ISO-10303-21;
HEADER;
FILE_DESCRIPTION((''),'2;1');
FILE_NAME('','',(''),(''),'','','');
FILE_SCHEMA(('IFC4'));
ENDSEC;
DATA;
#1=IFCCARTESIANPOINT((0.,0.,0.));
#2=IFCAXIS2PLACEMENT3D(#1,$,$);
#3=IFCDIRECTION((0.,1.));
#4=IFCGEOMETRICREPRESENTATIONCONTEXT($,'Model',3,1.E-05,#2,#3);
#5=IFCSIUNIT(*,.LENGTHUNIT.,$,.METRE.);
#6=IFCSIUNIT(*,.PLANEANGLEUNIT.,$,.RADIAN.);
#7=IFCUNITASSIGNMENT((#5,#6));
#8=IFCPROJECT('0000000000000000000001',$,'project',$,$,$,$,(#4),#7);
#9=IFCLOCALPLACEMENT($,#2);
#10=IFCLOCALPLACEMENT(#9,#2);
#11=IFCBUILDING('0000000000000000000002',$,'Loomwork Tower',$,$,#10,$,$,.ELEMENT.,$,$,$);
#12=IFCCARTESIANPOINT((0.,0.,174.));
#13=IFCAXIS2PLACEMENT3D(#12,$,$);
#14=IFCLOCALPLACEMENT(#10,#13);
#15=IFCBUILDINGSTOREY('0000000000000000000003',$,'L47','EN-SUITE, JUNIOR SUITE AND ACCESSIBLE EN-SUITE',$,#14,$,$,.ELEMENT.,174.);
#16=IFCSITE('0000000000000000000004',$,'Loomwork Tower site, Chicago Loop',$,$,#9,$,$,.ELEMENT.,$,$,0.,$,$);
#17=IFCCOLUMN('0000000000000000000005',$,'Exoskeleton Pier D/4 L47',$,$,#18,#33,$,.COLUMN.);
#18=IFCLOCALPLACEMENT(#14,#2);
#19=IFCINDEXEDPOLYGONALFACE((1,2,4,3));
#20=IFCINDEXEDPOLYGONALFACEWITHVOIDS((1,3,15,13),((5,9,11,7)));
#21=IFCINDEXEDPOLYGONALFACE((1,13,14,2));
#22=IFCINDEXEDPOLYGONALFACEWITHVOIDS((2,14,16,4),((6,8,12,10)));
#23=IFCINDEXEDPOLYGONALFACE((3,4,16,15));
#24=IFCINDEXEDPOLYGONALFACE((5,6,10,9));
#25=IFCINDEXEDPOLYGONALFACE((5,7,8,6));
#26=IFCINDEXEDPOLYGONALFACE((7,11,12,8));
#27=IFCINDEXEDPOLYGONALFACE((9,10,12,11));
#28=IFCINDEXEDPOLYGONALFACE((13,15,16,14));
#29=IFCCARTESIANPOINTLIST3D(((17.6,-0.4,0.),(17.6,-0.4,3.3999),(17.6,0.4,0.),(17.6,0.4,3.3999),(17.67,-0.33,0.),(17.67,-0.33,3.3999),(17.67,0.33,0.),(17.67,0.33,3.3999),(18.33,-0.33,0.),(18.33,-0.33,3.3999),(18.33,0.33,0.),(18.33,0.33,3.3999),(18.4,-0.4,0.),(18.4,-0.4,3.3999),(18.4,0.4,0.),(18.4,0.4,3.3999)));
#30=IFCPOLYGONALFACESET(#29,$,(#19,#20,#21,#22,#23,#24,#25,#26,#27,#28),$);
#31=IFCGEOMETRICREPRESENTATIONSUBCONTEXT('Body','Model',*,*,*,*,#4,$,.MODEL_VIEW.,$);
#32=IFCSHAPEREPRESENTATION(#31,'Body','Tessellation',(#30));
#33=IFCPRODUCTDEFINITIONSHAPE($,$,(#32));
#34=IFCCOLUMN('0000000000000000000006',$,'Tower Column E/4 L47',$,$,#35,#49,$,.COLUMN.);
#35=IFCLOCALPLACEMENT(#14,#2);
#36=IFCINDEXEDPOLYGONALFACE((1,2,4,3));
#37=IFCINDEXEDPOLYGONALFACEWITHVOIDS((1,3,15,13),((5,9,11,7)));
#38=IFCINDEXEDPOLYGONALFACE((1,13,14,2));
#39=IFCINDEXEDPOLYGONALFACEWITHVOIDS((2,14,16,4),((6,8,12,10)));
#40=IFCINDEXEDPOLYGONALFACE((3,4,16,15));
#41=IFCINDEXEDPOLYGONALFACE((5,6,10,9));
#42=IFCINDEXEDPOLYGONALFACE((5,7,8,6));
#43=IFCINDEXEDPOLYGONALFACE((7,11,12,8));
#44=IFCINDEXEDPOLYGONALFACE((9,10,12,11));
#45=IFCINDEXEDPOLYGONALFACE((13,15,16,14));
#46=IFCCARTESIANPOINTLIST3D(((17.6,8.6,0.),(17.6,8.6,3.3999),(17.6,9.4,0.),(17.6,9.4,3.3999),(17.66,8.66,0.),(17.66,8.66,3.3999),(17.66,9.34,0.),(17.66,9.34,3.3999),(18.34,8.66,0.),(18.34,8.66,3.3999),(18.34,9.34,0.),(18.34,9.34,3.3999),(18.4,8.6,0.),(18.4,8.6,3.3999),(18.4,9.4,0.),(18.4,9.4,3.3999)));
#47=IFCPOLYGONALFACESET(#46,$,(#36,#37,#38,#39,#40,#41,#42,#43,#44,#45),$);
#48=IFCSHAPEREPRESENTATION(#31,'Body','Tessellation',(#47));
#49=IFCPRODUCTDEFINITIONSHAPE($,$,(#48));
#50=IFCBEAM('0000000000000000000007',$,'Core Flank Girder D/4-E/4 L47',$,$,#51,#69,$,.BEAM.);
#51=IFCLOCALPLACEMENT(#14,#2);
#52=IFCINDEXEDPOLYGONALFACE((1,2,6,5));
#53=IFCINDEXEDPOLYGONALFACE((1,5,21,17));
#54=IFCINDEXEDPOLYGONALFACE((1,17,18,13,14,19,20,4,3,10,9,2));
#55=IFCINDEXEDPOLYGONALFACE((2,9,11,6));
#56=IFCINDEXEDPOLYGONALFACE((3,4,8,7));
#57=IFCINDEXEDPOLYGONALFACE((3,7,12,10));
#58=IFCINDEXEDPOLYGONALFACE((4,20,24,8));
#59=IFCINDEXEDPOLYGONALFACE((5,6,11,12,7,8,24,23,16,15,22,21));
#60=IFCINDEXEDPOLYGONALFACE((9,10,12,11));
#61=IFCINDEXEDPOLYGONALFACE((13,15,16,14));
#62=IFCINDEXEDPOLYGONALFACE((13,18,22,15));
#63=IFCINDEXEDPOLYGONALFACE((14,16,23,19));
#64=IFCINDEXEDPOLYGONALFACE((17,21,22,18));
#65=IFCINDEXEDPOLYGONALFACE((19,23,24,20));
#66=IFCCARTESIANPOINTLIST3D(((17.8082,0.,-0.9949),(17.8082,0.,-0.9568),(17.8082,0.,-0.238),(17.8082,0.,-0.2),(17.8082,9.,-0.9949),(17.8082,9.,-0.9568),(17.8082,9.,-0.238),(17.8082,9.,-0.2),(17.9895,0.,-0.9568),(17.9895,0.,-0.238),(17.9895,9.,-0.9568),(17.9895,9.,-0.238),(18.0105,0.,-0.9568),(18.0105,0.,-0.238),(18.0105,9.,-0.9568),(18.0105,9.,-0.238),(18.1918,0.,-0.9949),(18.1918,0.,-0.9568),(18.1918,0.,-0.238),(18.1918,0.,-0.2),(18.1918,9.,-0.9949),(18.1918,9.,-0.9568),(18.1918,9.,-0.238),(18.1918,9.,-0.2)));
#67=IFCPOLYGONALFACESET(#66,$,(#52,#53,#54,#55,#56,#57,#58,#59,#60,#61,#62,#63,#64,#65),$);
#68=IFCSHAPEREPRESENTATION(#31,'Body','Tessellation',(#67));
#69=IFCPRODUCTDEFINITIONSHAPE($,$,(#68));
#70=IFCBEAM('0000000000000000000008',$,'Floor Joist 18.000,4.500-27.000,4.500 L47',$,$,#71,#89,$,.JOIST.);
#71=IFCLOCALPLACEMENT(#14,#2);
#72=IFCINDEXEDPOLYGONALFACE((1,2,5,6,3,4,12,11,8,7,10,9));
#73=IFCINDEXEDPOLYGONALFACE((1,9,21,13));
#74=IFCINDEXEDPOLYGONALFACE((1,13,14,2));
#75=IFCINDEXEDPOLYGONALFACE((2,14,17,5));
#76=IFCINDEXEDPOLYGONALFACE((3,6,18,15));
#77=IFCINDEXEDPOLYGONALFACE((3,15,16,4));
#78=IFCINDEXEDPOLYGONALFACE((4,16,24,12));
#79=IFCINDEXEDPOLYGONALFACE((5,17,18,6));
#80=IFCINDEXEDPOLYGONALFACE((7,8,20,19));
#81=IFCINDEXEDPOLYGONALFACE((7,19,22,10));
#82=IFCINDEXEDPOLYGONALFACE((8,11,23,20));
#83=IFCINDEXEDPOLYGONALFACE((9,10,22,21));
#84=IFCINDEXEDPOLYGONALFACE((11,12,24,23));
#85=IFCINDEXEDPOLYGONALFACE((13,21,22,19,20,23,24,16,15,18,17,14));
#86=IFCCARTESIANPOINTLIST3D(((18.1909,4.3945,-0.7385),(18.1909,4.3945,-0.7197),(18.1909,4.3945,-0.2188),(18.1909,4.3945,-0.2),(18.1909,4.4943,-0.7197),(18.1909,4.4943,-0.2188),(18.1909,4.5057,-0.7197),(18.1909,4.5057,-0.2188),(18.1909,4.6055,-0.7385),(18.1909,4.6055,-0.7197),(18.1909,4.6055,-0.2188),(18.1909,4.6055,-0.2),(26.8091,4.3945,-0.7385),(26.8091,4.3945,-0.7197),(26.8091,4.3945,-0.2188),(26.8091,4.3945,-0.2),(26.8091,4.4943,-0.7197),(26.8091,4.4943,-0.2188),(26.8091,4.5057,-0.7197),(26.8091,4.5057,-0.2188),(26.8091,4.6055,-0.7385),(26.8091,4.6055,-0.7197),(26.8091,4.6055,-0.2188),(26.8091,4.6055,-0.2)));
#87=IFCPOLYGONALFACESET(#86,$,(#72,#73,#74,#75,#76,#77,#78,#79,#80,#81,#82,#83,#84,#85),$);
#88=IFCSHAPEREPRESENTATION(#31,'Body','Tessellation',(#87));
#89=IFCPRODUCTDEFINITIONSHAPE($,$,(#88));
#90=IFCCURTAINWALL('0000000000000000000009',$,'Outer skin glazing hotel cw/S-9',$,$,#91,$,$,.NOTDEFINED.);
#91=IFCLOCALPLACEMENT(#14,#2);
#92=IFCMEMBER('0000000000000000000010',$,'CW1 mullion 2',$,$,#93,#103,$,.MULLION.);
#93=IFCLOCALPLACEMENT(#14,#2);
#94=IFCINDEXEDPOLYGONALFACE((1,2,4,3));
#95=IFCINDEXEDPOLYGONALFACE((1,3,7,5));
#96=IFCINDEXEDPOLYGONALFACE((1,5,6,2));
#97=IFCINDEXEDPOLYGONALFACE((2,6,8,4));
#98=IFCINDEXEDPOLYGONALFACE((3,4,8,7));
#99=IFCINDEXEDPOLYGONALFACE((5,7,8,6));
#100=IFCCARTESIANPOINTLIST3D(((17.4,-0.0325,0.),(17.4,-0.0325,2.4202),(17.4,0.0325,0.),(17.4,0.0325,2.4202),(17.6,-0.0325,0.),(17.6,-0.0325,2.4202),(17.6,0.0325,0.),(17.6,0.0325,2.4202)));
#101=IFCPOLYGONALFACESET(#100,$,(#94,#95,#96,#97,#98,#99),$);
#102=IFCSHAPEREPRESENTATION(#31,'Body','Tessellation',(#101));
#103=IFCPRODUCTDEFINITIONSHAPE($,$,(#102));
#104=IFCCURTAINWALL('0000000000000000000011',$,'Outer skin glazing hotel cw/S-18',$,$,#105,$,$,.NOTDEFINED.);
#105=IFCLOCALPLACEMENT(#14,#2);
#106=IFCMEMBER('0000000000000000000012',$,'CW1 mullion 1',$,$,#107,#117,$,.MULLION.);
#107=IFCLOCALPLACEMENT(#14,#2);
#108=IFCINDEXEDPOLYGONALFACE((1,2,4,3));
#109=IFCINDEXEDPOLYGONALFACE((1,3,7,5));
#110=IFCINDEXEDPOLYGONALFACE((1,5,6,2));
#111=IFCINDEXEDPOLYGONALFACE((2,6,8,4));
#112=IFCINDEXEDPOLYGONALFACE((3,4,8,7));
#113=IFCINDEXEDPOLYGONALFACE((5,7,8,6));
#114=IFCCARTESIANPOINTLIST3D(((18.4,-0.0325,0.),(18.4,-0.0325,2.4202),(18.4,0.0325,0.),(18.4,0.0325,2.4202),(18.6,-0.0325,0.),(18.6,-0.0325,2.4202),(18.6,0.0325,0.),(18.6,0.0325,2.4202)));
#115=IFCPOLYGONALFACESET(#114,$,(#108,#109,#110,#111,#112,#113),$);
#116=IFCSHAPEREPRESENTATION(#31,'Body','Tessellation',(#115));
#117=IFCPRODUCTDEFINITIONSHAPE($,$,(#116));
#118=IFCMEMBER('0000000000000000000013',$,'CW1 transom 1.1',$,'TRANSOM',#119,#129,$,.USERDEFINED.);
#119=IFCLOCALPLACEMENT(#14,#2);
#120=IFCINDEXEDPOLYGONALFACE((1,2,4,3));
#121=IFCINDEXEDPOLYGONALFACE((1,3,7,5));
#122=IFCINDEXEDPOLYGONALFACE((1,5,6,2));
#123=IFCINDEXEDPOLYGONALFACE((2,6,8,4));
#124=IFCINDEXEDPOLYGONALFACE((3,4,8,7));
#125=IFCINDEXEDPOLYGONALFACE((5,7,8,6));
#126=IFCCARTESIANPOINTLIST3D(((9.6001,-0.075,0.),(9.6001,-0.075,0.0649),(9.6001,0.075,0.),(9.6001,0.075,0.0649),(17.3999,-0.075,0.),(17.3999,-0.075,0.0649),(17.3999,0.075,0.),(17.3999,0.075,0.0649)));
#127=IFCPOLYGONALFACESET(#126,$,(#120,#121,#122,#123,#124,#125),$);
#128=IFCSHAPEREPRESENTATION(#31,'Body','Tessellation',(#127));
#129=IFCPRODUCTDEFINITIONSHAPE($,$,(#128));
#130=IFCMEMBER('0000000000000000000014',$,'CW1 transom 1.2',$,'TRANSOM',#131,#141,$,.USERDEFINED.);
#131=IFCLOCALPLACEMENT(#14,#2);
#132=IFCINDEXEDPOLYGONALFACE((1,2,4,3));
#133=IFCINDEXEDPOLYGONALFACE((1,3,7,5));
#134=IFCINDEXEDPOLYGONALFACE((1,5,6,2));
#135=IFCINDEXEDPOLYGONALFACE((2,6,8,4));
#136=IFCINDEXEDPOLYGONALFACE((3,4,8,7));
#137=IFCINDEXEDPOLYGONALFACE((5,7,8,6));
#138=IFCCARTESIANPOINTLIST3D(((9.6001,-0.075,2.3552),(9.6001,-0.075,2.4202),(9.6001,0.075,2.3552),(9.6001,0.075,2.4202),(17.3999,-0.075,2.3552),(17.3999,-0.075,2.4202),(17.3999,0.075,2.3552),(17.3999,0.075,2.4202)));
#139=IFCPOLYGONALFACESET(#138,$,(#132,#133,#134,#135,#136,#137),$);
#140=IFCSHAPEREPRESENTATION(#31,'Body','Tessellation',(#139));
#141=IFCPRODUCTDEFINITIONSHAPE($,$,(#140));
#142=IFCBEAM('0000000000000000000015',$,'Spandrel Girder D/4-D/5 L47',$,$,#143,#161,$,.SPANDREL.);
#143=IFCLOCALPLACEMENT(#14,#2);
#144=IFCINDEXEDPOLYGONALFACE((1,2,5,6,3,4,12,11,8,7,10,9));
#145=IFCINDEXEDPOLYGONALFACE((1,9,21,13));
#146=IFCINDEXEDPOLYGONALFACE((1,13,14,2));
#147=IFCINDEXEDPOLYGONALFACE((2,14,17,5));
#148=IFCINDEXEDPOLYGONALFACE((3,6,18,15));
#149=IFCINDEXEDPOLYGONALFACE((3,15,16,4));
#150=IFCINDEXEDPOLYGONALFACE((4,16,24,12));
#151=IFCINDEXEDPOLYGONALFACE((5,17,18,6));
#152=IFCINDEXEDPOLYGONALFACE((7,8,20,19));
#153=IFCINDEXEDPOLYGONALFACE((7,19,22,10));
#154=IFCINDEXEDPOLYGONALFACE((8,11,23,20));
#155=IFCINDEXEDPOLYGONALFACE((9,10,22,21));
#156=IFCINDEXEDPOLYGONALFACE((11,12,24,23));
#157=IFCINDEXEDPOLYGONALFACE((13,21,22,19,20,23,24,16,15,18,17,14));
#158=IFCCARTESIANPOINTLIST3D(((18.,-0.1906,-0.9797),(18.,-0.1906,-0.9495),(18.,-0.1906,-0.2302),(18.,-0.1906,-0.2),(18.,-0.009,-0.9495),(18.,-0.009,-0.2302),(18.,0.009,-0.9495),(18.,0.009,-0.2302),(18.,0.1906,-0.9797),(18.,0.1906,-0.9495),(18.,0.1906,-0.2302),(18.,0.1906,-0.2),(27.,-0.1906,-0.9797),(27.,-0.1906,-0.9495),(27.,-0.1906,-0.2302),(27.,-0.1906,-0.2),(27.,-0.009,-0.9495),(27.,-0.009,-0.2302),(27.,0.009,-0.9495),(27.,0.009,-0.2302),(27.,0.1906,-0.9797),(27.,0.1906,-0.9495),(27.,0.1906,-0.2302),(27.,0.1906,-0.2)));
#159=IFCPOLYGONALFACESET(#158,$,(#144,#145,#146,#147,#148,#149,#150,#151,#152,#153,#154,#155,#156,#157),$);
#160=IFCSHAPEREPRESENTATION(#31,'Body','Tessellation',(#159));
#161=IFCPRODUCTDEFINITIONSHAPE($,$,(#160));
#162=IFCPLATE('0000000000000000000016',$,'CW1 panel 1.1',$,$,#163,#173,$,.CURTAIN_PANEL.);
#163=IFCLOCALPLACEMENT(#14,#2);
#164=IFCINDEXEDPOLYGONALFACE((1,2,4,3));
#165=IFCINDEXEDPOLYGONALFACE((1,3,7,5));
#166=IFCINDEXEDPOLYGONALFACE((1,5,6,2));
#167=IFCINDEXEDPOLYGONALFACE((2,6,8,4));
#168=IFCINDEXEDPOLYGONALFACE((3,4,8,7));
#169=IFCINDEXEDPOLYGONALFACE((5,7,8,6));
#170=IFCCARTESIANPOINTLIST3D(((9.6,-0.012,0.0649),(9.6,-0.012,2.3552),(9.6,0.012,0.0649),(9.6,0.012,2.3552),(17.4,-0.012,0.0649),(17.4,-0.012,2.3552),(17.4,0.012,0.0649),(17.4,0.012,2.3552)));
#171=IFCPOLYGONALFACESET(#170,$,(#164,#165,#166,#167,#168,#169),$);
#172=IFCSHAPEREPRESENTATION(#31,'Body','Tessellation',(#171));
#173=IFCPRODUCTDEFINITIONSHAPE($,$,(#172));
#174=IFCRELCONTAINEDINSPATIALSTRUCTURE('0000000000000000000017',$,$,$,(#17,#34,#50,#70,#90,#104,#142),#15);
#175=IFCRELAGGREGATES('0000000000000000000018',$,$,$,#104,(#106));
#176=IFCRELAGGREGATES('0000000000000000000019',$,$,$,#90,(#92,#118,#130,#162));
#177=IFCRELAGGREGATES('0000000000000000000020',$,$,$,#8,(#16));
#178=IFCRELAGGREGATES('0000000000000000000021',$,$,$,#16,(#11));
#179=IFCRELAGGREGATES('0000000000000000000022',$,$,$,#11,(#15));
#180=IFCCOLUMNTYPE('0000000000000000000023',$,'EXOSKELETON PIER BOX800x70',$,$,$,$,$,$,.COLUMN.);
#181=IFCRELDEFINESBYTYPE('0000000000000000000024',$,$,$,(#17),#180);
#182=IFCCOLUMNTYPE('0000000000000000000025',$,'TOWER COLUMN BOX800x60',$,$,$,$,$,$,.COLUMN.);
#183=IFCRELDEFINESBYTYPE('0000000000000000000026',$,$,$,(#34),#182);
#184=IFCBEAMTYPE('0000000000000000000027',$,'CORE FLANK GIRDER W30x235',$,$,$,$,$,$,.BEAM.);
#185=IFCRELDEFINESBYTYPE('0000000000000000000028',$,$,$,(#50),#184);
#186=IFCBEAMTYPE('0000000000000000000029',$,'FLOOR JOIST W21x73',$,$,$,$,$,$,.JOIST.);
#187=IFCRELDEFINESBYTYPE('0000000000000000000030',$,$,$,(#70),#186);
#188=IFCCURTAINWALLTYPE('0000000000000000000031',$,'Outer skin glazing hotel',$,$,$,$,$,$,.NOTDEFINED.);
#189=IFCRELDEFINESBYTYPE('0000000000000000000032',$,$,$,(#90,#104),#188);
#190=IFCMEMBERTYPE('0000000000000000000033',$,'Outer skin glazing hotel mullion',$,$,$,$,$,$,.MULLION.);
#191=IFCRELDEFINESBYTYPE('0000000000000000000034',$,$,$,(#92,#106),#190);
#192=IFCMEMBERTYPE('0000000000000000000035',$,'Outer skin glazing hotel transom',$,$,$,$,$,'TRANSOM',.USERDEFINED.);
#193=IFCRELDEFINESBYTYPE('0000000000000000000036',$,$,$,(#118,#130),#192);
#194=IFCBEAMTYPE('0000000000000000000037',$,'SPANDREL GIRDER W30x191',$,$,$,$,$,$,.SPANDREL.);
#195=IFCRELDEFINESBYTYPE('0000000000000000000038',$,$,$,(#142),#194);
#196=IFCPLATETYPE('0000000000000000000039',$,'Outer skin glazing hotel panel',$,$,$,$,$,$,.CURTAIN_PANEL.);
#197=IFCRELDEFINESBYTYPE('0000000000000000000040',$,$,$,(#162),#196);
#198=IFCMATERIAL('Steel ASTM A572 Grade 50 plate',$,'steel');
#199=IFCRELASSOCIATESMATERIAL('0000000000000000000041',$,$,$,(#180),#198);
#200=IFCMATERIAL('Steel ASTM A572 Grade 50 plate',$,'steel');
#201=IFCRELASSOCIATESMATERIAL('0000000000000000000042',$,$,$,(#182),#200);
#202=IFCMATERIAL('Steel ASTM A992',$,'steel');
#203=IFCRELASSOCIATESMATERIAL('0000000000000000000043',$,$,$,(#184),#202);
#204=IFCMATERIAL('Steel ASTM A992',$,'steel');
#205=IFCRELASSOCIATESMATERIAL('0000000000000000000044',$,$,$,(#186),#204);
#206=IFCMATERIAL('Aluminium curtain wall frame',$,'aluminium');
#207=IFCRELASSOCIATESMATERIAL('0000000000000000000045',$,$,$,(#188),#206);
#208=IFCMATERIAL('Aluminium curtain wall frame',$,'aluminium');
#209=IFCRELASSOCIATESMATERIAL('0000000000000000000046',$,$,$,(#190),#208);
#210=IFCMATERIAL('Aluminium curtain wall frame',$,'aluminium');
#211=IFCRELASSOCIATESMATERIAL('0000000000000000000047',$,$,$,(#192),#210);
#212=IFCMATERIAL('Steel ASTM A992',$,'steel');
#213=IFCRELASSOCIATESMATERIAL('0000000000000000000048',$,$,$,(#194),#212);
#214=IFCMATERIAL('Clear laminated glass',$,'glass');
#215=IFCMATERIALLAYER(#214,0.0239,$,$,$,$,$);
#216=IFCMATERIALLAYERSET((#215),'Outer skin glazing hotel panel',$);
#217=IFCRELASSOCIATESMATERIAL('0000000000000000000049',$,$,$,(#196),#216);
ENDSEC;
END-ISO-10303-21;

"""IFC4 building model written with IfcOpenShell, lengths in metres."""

from ifc_helpers import new_model, si_unit, direction, frame, origin, origin_2d, place, context, subcontext, project, spatial, rectangle, hollow_rectangle, i_section, extrude, material, layer, layer_set, material_profile, profile_set, type_object, element, aggregate, save


model = new_model("IFC4")

# Units and contexts
model_context = context("Model", 3, precision=1e-05, world=origin(), true_north=direction((0.0, 1.0)))
body_context = subcontext(model_context, "Body", "Model", "MODEL_VIEW")
ifc_project = project(units=[si_unit("LENGTHUNIT", "METRE"), si_unit("PLANEANGLEUNIT", "RADIAN")], contexts=[model_context])

# Site, building, storey
site_placement = place(None, origin())
site = spatial("IfcSite", under=ifc_project, at=site_placement, Name="Loomwork Tower site, Chicago Loop", CompositionType="ELEMENT", RefElevation=0.0)
building_placement = place(site_placement, origin())
building = spatial("IfcBuilding", under=site, at=building_placement, Name="Loomwork Tower", CompositionType="ELEMENT")
storey_placement = place(building_placement, frame((0.0, 0.0, 174.0)))
storey = spatial("IfcBuildingStorey", under=building, at=storey_placement, Name="L47", Description="EN-SUITE, JUNIOR SUITE AND ACCESSIBLE EN-SUITE", CompositionType="ELEMENT", Elevation=174.0)

# Columns
ifc_material_1 = material(Name="Steel ASTM A572 Grade 50 plate", Category="steel")
ifc_material_profile_1 = material_profile(ifc_material_1, hollow_rectangle(XDim=0.8, YDim=0.8, WallThickness=0.0701, at=origin_2d()), Name="BOX800x70")
ifc_profile_set_1 = profile_set([ifc_material_profile_1], Name="Steel ASTM A572 Grade 50 plate")
column_type_1 = type_object("IfcColumnType", Name="EXOSKELETON PIER BOX800x70", PredefinedType="COLUMN", material=ifc_profile_set_1)
column_1_placement = place(storey_placement, frame((18.0, 0.0, 0.0), z_axis=(0.0, 0.0, 1.0), x_axis=(1.0, 0.0, 0.0)))
element("IfcColumn", 1, at=column_1_placement, inside=storey, type_object=column_type_1, Name="Exoskeleton Pier D/4 L47", PredefinedType="COLUMN", context=body_context, shape_type="SweptSolid", body=[
    extrude(hollow_rectangle(XDim=0.8, YDim=0.8, WallThickness=0.0701, at=origin_2d()), origin(), (0.0, 0.0, 1.0), 3.3999),
])
ifc_material_2 = material(Name="Steel ASTM A572 Grade 50 plate", Category="steel")
ifc_material_profile_2 = material_profile(ifc_material_2, hollow_rectangle(XDim=0.8, YDim=0.8, WallThickness=0.0601, at=origin_2d()), Name="BOX800x60")
ifc_profile_set_2 = profile_set([ifc_material_profile_2], Name="Steel ASTM A572 Grade 50 plate")
column_type_2 = type_object("IfcColumnType", Name="TOWER COLUMN BOX800x60", PredefinedType="COLUMN", material=ifc_profile_set_2)
column_2_placement = place(storey_placement, frame((18.0, 9.0, 0.0), z_axis=(0.0, 0.0, 1.0), x_axis=(1.0, 0.0, 0.0)))
element("IfcColumn", 2, at=column_2_placement, inside=storey, type_object=column_type_2, Name="Tower Column E/4 L47", PredefinedType="COLUMN", context=body_context, shape_type="SweptSolid", body=[
    extrude(hollow_rectangle(XDim=0.8, YDim=0.8, WallThickness=0.0601, at=origin_2d()), origin(), (0.0, 0.0, 1.0), 3.3999),
])

# Beams
ifc_material_3 = material(Name="Steel ASTM A992", Category="steel")
ifc_material_profile_3 = material_profile(ifc_material_3, i_section(OverallWidth=0.3835, OverallDepth=0.7949, WebThickness=0.021, FlangeThickness=0.0381, at=origin_2d()), Name="W30x235")
ifc_profile_set_3 = profile_set([ifc_material_profile_3], Name="Steel ASTM A992")
beam_type_1 = type_object("IfcBeamType", Name="CORE FLANK GIRDER W30x235", PredefinedType="BEAM", material=ifc_profile_set_3)
beam_1_placement = place(storey_placement, frame((18.0, 0.0, -0.5974), z_axis=(0.0, 1.0, 0.0), x_axis=(-1.0, 0.0, 0.0)))
element("IfcBeam", 3, at=beam_1_placement, inside=storey, type_object=beam_type_1, Name="Core Flank Girder D/4-E/4 L47", PredefinedType="BEAM", context=body_context, shape_type="SweptSolid", body=[
    extrude(i_section(OverallWidth=0.3835, OverallDepth=0.7949, WebThickness=0.021, FlangeThickness=0.0381, at=origin_2d()), origin(), (0.0, 0.0, 1.0), 9.0),
])
ifc_material_4 = material(Name="Steel ASTM A992", Category="steel")
ifc_material_profile_4 = material_profile(ifc_material_4, i_section(OverallWidth=0.2109, OverallDepth=0.5386, WebThickness=0.0115, FlangeThickness=0.0188, at=origin_2d()), Name="W21x73")
ifc_profile_set_4 = profile_set([ifc_material_profile_4], Name="Steel ASTM A992")
beam_type_2 = type_object("IfcBeamType", Name="FLOOR JOIST W21x73", PredefinedType="JOIST", material=ifc_profile_set_4)
beam_2_placement = place(storey_placement, frame((18.1909, 4.5, -0.4692), z_axis=(1.0, 0.0, 0.0), x_axis=(0.0, 1.0, 0.0)))
element("IfcBeam", 4, at=beam_2_placement, inside=storey, type_object=beam_type_2, Name="Floor Joist 18.000,4.500-27.000,4.500 L47", PredefinedType="JOIST", context=body_context, shape_type="SweptSolid", body=[
    extrude(i_section(OverallWidth=0.2109, OverallDepth=0.5386, WebThickness=0.0115, FlangeThickness=0.0188, at=origin_2d()), origin(), (0.0, 0.0, 1.0), 8.6182),
])

# Curtain walls, members
ifc_material_5 = material(Name="Aluminium curtain wall frame", Category="aluminium")
curtain_wall_type = type_object("IfcCurtainWallType", Name="Outer skin glazing hotel", PredefinedType="NOTDEFINED", material=ifc_material_5)
curtain_wall_1_placement = place(storey_placement, origin())
curtain_wall_1 = element("IfcCurtainWall", 5, at=curtain_wall_1_placement, inside=storey, type_object=curtain_wall_type, Name="Outer skin glazing hotel cw/S-9", PredefinedType="NOTDEFINED")
ifc_material_6 = material(Name="Aluminium curtain wall frame", Category="aluminium")
ifc_material_profile_5 = material_profile(ifc_material_6, rectangle(XDim=0.0649, YDim=0.2, at=origin_2d()), Name="AL 65x200")
ifc_profile_set_5 = profile_set([ifc_material_profile_5], Name="Aluminium curtain wall frame")
member_type_1 = type_object("IfcMemberType", Name="Outer skin glazing hotel mullion", PredefinedType="MULLION", material=ifc_profile_set_5)
member_1_placement = place(storey_placement, frame((17.5, 0.0, 0.0), z_axis=(0.0, 0.0, 1.0), x_axis=(0.0, 1.0, 0.0)))
member_1 = element("IfcMember", 6, at=member_1_placement, type_object=member_type_1, Name="CW1 mullion 2", PredefinedType="MULLION", context=body_context, shape_type="SweptSolid", body=[
    extrude(rectangle(XDim=0.0649, YDim=0.2, at=origin_2d()), origin(), (0.0, 0.0, 1.0), 2.4202),
])
curtain_wall_2_placement = place(storey_placement, origin())
curtain_wall_2 = element("IfcCurtainWall", 7, at=curtain_wall_2_placement, inside=storey, type_object=curtain_wall_type, Name="Outer skin glazing hotel cw/S-18", PredefinedType="NOTDEFINED")
member_2_placement = place(storey_placement, frame((18.5, 0.0, 0.0), z_axis=(0.0, 0.0, 1.0), x_axis=(0.0, 1.0, 0.0)))
member_2 = element("IfcMember", 8, at=member_2_placement, type_object=member_type_1, Name="CW1 mullion 1", PredefinedType="MULLION", context=body_context, shape_type="SweptSolid", body=[
    extrude(rectangle(XDim=0.0649, YDim=0.2, at=origin_2d()), origin(), (0.0, 0.0, 1.0), 2.4202),
])
aggregate(curtain_wall_2, [member_2])

# Members
ifc_material_7 = material(Name="Aluminium curtain wall frame", Category="aluminium")
ifc_material_profile_6 = material_profile(ifc_material_7, rectangle(XDim=0.1499, YDim=0.0649, at=origin_2d()), Name="AL 65x150")
ifc_profile_set_6 = profile_set([ifc_material_profile_6], Name="Aluminium curtain wall frame")
member_type_2 = type_object("IfcMemberType", Name="Outer skin glazing hotel transom", ElementType="TRANSOM", PredefinedType="USERDEFINED", material=ifc_profile_set_6)
member_3_placement = place(storey_placement, frame((9.6001, 0.0, 0.0325), z_axis=(1.0, 0.0, 0.0), x_axis=(0.0, 1.0, 0.0)))
member_3 = element("IfcMember", 9, at=member_3_placement, type_object=member_type_2, Name="CW1 transom 1.1", ObjectType="TRANSOM", PredefinedType="USERDEFINED", context=body_context, shape_type="SweptSolid", body=[
    extrude(rectangle(XDim=0.1499, YDim=0.0649, at=origin_2d()), origin(), (0.0, 0.0, 1.0), 7.7998),
])
member_4_placement = place(storey_placement, frame((9.6001, 0.0, 2.3877), z_axis=(1.0, 0.0, 0.0), x_axis=(0.0, 1.0, 0.0)))
member_4 = element("IfcMember", 10, at=member_4_placement, type_object=member_type_2, Name="CW1 transom 1.2", ObjectType="TRANSOM", PredefinedType="USERDEFINED", context=body_context, shape_type="SweptSolid", body=[
    extrude(rectangle(XDim=0.1499, YDim=0.0649, at=origin_2d()), origin(), (0.0, 0.0, 1.0), 7.7998),
])

# Beam
ifc_material_8 = material(Name="Steel ASTM A992", Category="steel")
ifc_material_profile_7 = material_profile(ifc_material_8, i_section(OverallWidth=0.3811, OverallDepth=0.7798, WebThickness=0.0181, FlangeThickness=0.0303, at=origin_2d()), Name="W30x191")
ifc_profile_set_7 = profile_set([ifc_material_profile_7], Name="Steel ASTM A992")
beam_type_3 = type_object("IfcBeamType", Name="SPANDREL GIRDER W30x191", PredefinedType="SPANDREL", material=ifc_profile_set_7)
beam_3_placement = place(storey_placement, frame((18.0, 0.0, -0.5898), z_axis=(1.0, 0.0, 0.0), x_axis=(0.0, 1.0, 0.0)))
element("IfcBeam", 11, at=beam_3_placement, inside=storey, type_object=beam_type_3, Name="Spandrel Girder D/4-D/5 L47", PredefinedType="SPANDREL", context=body_context, shape_type="SweptSolid", body=[
    extrude(i_section(OverallWidth=0.3811, OverallDepth=0.7798, WebThickness=0.0181, FlangeThickness=0.0303, at=origin_2d()), origin(), (0.0, 0.0, 1.0), 9.0),
])

# Plate
ifc_material_9 = material(Name="Clear laminated glass", Category="glass")
ifc_layer_1 = layer(ifc_material_9, 0.0239)
ifc_layer_set_1 = layer_set([ifc_layer_1], Name="Outer skin glazing hotel panel")
plate_type = type_object("IfcPlateType", Name="Outer skin glazing hotel panel", PredefinedType="CURTAIN_PANEL", material=ifc_layer_set_1)
plate_placement = place(storey_placement, frame((13.5, 0.0, 0.0649), z_axis=(0.0, 0.0, 1.0), x_axis=(1.0, 0.0, 0.0)))
plate = element("IfcPlate", 12, at=plate_placement, type_object=plate_type, Name="CW1 panel 1.1", PredefinedType="CURTAIN_PANEL", context=body_context, shape_type="SweptSolid", body=[
    extrude(rectangle(XDim=7.8, YDim=0.0239, at=origin_2d()), origin(), (0.0, 0.0, 1.0), 2.2903),
])
aggregate(curtain_wall_1, [member_1, member_3, member_4, plate])

save(model, "model.ifc")
